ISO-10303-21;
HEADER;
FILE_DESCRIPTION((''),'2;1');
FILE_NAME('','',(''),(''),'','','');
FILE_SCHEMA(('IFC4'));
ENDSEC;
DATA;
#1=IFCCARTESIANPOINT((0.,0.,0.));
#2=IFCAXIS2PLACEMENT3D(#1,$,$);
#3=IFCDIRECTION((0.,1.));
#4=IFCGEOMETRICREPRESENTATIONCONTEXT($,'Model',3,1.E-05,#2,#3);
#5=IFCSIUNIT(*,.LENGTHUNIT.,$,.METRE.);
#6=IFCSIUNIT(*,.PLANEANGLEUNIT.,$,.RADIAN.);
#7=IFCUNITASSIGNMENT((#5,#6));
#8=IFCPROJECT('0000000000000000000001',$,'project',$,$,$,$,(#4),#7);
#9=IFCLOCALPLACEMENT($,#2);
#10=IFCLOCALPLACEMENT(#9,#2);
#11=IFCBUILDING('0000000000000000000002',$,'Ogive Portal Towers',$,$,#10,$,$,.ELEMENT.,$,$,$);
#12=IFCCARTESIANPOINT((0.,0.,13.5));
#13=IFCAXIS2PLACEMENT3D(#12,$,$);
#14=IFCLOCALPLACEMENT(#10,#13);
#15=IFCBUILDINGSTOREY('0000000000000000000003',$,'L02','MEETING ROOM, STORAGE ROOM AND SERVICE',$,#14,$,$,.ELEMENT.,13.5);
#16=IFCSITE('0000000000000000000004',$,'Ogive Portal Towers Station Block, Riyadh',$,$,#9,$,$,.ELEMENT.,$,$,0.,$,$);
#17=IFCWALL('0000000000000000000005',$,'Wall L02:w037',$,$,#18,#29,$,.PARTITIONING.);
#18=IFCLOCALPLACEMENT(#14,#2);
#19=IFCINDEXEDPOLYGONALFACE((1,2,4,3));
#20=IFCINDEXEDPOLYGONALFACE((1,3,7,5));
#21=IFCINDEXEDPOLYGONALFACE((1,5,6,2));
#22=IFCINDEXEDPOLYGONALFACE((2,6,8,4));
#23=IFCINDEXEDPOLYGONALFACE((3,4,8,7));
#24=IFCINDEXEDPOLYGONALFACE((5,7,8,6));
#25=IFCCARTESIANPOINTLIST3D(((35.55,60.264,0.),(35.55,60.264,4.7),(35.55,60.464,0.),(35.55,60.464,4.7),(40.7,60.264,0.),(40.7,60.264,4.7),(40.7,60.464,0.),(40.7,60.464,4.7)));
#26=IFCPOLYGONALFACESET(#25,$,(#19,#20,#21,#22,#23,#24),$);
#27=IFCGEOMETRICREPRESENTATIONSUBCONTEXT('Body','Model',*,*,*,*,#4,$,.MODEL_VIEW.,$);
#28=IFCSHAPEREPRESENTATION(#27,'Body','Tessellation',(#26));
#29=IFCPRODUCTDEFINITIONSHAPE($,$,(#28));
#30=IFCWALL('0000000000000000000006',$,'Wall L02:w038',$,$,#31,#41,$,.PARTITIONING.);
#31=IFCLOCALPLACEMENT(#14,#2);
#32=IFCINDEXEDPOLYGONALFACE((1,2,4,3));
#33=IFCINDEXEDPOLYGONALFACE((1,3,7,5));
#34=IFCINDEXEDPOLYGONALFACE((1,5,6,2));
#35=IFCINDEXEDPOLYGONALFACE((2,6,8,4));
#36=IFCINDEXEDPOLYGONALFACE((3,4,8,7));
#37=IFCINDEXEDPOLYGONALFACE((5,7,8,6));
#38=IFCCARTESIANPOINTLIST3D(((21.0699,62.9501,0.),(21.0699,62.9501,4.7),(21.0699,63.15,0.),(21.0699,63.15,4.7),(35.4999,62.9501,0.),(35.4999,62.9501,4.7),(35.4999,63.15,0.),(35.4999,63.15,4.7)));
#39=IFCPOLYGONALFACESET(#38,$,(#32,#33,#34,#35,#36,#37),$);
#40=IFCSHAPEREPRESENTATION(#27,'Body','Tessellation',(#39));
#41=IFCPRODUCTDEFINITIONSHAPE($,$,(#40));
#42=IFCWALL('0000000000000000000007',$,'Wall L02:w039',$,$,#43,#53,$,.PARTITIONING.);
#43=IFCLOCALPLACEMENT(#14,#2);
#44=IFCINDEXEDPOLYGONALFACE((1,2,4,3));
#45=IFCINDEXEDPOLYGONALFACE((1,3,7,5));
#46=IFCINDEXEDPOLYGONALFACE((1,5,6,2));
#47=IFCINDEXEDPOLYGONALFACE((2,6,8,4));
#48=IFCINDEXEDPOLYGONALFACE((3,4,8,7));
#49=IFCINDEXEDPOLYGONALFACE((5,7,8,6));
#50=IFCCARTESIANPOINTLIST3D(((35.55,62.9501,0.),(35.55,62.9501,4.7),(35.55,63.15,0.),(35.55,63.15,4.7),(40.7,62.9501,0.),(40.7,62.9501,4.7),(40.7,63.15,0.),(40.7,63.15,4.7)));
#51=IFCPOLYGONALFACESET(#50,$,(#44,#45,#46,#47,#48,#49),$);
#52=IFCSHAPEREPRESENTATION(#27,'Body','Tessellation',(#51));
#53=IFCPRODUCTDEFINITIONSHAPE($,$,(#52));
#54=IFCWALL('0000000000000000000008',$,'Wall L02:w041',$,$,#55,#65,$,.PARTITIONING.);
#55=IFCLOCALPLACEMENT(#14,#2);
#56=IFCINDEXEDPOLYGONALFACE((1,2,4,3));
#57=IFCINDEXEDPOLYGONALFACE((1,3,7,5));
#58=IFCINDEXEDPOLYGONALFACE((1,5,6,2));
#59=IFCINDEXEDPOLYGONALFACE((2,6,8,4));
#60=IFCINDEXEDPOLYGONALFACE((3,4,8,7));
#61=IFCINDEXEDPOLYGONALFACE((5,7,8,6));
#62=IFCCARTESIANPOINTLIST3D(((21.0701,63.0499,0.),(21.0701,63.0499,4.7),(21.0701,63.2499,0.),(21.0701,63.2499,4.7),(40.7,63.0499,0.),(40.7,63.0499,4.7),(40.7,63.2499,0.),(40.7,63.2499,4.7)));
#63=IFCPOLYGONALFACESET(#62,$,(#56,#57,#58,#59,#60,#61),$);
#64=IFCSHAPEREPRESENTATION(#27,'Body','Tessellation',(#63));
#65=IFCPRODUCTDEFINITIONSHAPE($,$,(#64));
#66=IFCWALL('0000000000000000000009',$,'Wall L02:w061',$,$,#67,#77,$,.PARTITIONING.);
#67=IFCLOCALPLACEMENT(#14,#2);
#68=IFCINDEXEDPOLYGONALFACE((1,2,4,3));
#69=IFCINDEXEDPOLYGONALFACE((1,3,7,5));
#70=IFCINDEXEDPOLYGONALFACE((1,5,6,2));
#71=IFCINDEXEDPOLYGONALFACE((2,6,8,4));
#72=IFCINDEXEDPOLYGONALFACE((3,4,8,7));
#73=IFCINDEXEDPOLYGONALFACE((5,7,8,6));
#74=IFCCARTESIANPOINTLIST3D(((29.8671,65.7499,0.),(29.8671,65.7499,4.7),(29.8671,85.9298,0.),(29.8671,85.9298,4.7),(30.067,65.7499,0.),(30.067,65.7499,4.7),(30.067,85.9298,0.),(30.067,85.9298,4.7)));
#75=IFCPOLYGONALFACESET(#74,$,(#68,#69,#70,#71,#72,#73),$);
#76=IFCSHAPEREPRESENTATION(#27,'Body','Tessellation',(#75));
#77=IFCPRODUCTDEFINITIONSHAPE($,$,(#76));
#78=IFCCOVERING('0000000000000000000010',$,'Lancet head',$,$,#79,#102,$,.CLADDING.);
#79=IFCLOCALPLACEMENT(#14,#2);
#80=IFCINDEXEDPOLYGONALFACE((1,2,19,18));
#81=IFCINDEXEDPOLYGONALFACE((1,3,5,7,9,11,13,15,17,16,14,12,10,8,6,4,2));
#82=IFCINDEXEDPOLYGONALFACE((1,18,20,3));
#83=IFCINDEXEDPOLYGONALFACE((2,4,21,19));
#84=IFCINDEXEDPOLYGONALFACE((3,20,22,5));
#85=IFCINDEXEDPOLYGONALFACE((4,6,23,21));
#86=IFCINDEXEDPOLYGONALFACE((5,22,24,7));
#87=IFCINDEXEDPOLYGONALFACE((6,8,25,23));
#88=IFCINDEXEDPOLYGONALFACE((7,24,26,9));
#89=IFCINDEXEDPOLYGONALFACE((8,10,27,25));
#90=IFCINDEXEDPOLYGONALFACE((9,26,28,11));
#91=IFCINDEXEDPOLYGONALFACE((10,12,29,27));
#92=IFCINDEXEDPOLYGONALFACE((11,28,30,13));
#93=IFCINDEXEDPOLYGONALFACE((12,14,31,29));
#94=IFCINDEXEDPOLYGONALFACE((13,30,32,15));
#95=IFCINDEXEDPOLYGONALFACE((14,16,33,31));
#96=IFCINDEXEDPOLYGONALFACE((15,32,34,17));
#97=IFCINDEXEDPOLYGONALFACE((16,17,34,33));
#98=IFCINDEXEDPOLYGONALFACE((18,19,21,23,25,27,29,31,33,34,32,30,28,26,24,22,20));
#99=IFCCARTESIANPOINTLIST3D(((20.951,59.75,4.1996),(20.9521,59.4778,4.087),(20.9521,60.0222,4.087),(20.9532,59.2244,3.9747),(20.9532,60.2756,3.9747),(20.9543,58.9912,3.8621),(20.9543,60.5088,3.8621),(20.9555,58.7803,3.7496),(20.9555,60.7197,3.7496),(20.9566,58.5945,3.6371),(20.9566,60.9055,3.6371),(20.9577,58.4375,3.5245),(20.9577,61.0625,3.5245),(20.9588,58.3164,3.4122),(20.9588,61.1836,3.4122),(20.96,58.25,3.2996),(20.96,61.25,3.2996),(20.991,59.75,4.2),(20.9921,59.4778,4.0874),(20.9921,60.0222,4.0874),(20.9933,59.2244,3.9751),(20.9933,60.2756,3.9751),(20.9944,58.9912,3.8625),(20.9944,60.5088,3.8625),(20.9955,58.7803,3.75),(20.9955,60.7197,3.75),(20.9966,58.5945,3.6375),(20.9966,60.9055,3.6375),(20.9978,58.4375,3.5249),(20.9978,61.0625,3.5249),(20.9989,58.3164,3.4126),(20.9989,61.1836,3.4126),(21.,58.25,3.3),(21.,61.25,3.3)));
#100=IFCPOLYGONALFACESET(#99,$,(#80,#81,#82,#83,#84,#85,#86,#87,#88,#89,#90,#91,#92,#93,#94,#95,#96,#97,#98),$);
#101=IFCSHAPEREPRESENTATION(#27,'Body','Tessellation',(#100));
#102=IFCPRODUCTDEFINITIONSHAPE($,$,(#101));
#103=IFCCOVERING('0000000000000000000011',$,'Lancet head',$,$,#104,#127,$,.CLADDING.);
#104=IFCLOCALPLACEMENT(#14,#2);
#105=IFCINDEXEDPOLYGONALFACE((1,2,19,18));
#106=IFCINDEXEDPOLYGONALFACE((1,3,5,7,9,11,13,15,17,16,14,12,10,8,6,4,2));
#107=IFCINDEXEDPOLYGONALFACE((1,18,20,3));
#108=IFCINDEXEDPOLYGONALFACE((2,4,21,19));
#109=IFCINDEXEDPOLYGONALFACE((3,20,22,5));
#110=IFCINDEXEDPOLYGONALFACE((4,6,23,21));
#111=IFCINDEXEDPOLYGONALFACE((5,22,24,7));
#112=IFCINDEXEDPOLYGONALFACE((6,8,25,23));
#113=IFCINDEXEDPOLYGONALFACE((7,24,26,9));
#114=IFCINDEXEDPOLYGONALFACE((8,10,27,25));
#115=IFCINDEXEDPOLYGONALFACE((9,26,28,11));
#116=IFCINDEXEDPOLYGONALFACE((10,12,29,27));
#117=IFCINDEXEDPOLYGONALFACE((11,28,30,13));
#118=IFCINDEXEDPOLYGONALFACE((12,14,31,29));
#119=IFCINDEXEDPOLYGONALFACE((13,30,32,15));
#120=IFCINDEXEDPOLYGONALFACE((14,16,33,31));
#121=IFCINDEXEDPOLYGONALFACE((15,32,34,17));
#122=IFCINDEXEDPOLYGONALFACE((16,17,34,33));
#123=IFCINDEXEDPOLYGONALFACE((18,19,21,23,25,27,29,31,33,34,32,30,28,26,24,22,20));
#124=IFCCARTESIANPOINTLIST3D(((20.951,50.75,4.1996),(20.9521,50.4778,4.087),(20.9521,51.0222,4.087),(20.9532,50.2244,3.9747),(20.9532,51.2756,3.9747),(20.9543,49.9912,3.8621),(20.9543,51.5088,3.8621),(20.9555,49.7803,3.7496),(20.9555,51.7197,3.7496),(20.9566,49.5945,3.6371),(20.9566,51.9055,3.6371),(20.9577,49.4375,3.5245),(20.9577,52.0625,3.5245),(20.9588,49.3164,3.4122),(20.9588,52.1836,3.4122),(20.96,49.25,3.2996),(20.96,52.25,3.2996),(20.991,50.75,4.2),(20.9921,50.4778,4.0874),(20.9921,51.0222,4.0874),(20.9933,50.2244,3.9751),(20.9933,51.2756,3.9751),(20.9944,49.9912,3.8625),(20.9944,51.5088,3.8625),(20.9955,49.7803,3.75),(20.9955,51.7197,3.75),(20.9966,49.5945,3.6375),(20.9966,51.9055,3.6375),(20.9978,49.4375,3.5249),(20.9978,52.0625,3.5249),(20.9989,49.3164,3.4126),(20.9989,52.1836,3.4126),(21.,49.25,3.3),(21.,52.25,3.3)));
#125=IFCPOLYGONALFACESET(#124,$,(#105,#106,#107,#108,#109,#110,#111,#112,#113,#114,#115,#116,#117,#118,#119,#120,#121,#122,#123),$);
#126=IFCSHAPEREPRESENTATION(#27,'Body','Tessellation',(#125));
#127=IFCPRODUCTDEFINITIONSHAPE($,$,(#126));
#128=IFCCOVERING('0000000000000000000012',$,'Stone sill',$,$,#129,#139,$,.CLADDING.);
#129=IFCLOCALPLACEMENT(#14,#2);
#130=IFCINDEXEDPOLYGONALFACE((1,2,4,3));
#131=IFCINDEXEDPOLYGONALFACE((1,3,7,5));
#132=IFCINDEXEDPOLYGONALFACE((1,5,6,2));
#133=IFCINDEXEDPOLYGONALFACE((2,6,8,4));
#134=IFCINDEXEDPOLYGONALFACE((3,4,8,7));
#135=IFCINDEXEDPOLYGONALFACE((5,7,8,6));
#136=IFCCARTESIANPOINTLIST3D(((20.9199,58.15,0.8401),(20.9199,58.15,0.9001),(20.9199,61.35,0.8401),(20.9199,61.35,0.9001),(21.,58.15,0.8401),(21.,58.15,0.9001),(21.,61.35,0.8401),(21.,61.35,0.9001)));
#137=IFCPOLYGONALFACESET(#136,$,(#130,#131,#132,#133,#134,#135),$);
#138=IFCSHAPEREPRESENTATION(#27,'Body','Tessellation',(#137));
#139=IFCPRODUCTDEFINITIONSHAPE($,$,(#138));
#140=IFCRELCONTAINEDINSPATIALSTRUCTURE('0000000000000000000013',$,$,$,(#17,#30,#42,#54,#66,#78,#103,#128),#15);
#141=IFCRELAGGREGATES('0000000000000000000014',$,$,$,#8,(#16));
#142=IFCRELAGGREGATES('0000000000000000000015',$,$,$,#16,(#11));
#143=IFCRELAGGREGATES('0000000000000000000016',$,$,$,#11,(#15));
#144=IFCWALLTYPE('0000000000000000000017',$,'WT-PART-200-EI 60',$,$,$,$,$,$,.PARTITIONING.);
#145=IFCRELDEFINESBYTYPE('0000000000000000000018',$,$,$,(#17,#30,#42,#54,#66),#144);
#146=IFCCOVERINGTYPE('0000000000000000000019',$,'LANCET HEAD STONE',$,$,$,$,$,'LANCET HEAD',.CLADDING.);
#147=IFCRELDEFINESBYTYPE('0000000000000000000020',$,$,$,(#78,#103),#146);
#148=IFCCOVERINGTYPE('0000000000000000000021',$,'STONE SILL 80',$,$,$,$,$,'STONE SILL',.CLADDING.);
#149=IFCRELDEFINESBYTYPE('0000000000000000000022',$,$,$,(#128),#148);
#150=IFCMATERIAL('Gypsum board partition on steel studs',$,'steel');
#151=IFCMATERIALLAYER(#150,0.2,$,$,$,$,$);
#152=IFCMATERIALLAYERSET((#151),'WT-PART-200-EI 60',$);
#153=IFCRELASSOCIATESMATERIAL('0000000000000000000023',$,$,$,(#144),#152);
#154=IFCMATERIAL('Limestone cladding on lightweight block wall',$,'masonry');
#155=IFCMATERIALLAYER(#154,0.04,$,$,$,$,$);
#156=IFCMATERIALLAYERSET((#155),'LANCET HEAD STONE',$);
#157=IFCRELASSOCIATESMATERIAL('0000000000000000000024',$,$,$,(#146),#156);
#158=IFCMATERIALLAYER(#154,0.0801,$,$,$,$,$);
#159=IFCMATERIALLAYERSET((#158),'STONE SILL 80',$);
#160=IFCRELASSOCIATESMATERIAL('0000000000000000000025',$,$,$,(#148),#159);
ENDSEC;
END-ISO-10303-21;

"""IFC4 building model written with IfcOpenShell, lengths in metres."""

from ifc_helpers import new_model, si_unit, direction, frame, frame_2d, origin, origin_2d, place, context, subcontext, project, spatial, polyline, rectangle, outline, extrude, material, layer, layer_set, type_object, element, save


model = new_model("IFC4")

# Units and contexts
model_context = context("Model", 3, precision=1e-05, world=origin(), true_north=direction((0.0, 1.0)))
body_context = subcontext(model_context, "Body", "Model", "MODEL_VIEW")
ifc_project = project(units=[si_unit("LENGTHUNIT", "METRE"), si_unit("PLANEANGLEUNIT", "RADIAN")], contexts=[model_context])

# Site, building, storey
site_placement = place(None, origin())
site = spatial("IfcSite", under=ifc_project, at=site_placement, Name="Ogive Portal Towers Station Block, Riyadh", CompositionType="ELEMENT", RefElevation=0.0)
building_placement = place(site_placement, origin())
building = spatial("IfcBuilding", under=site, at=building_placement, Name="Ogive Portal Towers", CompositionType="ELEMENT")
storey_placement = place(building_placement, frame((0.0, 0.0, 13.5)))
storey = spatial("IfcBuildingStorey", under=building, at=storey_placement, Name="L02", Description="MEETING ROOM, STORAGE ROOM AND SERVICE", CompositionType="ELEMENT", Elevation=13.5)

# Walls
ifc_material_1 = material(Name="Gypsum board partition on steel studs", Category="steel")
ifc_layer_1 = layer(ifc_material_1, 0.2)
ifc_layer_set_1 = layer_set([ifc_layer_1], Name="WT-PART-200-EI 60")
wall_type_1 = type_object("IfcWallType", Name="WT-PART-200-EI 60", PredefinedType="PARTITIONING", material=ifc_layer_set_1)
for number, where, z_axis, x_axis, name in (
    (1, (35.55, 60.364, 0.0), (0.0, 0.0, 1.0), (1.0, 0.0, 0.0), "Wall L02:w037"),
):
    element("IfcWall", number, at=place(storey_placement, frame(where, z_axis=z_axis, x_axis=x_axis)), inside=storey, type_object=wall_type_1, Name=name, PredefinedType="PARTITIONING", context=body_context, shape_type="SweptSolid", body=[
        extrude(rectangle(XDim=5.1499, YDim=0.2, at=frame_2d((2.575, 0.0))), origin(), (0.0, 0.0, 1.0), 4.7),
    ])
wall_1_placement = place(storey_placement, frame((21.0701, 63.05, 0.0), z_axis=(0.0, 0.0, 1.0), x_axis=(1.0, 0.0, 0.0)))
element("IfcWall", 2, at=wall_1_placement, inside=storey, type_object=wall_type_1, Name="Wall L02:w038", PredefinedType="PARTITIONING", context=body_context, shape_type="SweptSolid", body=[
    extrude(rectangle(XDim=14.4299, YDim=0.2, at=frame_2d((7.2148, 0.0))), origin(), (0.0, 0.0, 1.0), 4.7),
])
wall_2_placement = place(storey_placement, frame((35.55, 63.05, 0.0), z_axis=(0.0, 0.0, 1.0), x_axis=(1.0, 0.0, 0.0)))
element("IfcWall", 3, at=wall_2_placement, inside=storey, type_object=wall_type_1, Name="Wall L02:w039", PredefinedType="PARTITIONING", context=body_context, shape_type="SweptSolid", body=[
    extrude(rectangle(XDim=5.1499, YDim=0.2, at=frame_2d((2.575, 0.0))), origin(), (0.0, 0.0, 1.0), 4.7),
])
wall_3_placement = place(storey_placement, frame((21.0701, 63.1499, 0.0), z_axis=(0.0, 0.0, 1.0), x_axis=(1.0, 0.0, 0.0)))
element("IfcWall", 4, at=wall_3_placement, inside=storey, type_object=wall_type_1, Name="Wall L02:w041", PredefinedType="PARTITIONING", context=body_context, shape_type="SweptSolid", body=[
    extrude(rectangle(XDim=19.6299, YDim=0.2, at=frame_2d((9.8149, 0.0))), origin(), (0.0, 0.0, 1.0), 4.7),
])
wall_4_placement = place(storey_placement, frame((29.967, 65.75, 0.0), z_axis=(0.0, 0.0, 1.0), x_axis=(0.0, 1.0, 0.0)))
element("IfcWall", 5, at=wall_4_placement, inside=storey, type_object=wall_type_1, Name="Wall L02:w061", PredefinedType="PARTITIONING", context=body_context, shape_type="SweptSolid", body=[
    extrude(rectangle(XDim=20.1799, YDim=0.2, at=frame_2d((10.0898, 0.0))), origin(), (0.0, 0.0, 1.0), 4.7),
])

# Coverings
ifc_material_2 = material(Name="Limestone cladding on lightweight block wall", Category="masonry")
ifc_layer_2 = layer(ifc_material_2, 0.04)
ifc_layer_set_2 = layer_set([ifc_layer_2], Name="LANCET HEAD STONE")
covering_type_1 = type_object("IfcCoveringType", Name="LANCET HEAD STONE", ElementType="LANCET HEAD", PredefinedType="CLADDING", material=ifc_layer_set_2)
for number, where, z_axis, x_axis, name in (
    (6, (21.0, 61.25, 3.3), (0.99995, 0.0, 0.009994), (0.0, -1.0, 0.0), "Lancet head"),
    (7, (21.0, 52.25, 3.3), (0.99995, 0.0, 0.009994), (0.0, -1.0, 0.0), "Lancet head"),
):
    element("IfcCovering", number, at=place(storey_placement, frame(where, z_axis=z_axis, x_axis=x_axis)), inside=storey, type_object=covering_type_1, Name=name, PredefinedType="CLADDING", context=body_context, shape_type="SweptSolid", body=[
        extrude(outline(polyline([(0.0, 0.0), (3.0, 0.0), (2.9336, -0.1126), (2.8125, -0.2249), (2.6555, -0.3374), (2.4697, -0.45), (2.2588, -0.5625), (2.0256, -0.6751), (1.7722, -0.7874), (1.5, -0.8999), (1.2278, -0.7874), (0.9744, -0.6751), (0.7412, -0.5625), (0.5303, -0.45), (0.3445, -0.3374), (0.1875, -0.2249), (0.0664, -0.1126), (0.0, 0.0)])), origin(), (0.0, 0.0, -1.0), 0.04),
    ])
ifc_layer_3 = layer(ifc_material_2, 0.0801)
ifc_layer_set_3 = layer_set([ifc_layer_3], Name="STONE SILL 80")
covering_type_2 = type_object("IfcCoveringType", Name="STONE SILL 80", ElementType="STONE SILL", PredefinedType="CLADDING", material=ifc_layer_set_3)
covering_placement = place(storey_placement, frame((20.96, 59.75, 0.8401), z_axis=(0.0, 0.0, 1.0), x_axis=(0.0, -1.0, 0.0)))
element("IfcCovering", 8, at=covering_placement, inside=storey, type_object=covering_type_2, Name="Stone sill", PredefinedType="CLADDING", context=body_context, shape_type="SweptSolid", body=[
    extrude(rectangle(XDim=3.2, YDim=0.0801, at=origin_2d()), origin(), (0.0, 0.0, 1.0), 0.0601),
])

save(model, "model.ifc")
